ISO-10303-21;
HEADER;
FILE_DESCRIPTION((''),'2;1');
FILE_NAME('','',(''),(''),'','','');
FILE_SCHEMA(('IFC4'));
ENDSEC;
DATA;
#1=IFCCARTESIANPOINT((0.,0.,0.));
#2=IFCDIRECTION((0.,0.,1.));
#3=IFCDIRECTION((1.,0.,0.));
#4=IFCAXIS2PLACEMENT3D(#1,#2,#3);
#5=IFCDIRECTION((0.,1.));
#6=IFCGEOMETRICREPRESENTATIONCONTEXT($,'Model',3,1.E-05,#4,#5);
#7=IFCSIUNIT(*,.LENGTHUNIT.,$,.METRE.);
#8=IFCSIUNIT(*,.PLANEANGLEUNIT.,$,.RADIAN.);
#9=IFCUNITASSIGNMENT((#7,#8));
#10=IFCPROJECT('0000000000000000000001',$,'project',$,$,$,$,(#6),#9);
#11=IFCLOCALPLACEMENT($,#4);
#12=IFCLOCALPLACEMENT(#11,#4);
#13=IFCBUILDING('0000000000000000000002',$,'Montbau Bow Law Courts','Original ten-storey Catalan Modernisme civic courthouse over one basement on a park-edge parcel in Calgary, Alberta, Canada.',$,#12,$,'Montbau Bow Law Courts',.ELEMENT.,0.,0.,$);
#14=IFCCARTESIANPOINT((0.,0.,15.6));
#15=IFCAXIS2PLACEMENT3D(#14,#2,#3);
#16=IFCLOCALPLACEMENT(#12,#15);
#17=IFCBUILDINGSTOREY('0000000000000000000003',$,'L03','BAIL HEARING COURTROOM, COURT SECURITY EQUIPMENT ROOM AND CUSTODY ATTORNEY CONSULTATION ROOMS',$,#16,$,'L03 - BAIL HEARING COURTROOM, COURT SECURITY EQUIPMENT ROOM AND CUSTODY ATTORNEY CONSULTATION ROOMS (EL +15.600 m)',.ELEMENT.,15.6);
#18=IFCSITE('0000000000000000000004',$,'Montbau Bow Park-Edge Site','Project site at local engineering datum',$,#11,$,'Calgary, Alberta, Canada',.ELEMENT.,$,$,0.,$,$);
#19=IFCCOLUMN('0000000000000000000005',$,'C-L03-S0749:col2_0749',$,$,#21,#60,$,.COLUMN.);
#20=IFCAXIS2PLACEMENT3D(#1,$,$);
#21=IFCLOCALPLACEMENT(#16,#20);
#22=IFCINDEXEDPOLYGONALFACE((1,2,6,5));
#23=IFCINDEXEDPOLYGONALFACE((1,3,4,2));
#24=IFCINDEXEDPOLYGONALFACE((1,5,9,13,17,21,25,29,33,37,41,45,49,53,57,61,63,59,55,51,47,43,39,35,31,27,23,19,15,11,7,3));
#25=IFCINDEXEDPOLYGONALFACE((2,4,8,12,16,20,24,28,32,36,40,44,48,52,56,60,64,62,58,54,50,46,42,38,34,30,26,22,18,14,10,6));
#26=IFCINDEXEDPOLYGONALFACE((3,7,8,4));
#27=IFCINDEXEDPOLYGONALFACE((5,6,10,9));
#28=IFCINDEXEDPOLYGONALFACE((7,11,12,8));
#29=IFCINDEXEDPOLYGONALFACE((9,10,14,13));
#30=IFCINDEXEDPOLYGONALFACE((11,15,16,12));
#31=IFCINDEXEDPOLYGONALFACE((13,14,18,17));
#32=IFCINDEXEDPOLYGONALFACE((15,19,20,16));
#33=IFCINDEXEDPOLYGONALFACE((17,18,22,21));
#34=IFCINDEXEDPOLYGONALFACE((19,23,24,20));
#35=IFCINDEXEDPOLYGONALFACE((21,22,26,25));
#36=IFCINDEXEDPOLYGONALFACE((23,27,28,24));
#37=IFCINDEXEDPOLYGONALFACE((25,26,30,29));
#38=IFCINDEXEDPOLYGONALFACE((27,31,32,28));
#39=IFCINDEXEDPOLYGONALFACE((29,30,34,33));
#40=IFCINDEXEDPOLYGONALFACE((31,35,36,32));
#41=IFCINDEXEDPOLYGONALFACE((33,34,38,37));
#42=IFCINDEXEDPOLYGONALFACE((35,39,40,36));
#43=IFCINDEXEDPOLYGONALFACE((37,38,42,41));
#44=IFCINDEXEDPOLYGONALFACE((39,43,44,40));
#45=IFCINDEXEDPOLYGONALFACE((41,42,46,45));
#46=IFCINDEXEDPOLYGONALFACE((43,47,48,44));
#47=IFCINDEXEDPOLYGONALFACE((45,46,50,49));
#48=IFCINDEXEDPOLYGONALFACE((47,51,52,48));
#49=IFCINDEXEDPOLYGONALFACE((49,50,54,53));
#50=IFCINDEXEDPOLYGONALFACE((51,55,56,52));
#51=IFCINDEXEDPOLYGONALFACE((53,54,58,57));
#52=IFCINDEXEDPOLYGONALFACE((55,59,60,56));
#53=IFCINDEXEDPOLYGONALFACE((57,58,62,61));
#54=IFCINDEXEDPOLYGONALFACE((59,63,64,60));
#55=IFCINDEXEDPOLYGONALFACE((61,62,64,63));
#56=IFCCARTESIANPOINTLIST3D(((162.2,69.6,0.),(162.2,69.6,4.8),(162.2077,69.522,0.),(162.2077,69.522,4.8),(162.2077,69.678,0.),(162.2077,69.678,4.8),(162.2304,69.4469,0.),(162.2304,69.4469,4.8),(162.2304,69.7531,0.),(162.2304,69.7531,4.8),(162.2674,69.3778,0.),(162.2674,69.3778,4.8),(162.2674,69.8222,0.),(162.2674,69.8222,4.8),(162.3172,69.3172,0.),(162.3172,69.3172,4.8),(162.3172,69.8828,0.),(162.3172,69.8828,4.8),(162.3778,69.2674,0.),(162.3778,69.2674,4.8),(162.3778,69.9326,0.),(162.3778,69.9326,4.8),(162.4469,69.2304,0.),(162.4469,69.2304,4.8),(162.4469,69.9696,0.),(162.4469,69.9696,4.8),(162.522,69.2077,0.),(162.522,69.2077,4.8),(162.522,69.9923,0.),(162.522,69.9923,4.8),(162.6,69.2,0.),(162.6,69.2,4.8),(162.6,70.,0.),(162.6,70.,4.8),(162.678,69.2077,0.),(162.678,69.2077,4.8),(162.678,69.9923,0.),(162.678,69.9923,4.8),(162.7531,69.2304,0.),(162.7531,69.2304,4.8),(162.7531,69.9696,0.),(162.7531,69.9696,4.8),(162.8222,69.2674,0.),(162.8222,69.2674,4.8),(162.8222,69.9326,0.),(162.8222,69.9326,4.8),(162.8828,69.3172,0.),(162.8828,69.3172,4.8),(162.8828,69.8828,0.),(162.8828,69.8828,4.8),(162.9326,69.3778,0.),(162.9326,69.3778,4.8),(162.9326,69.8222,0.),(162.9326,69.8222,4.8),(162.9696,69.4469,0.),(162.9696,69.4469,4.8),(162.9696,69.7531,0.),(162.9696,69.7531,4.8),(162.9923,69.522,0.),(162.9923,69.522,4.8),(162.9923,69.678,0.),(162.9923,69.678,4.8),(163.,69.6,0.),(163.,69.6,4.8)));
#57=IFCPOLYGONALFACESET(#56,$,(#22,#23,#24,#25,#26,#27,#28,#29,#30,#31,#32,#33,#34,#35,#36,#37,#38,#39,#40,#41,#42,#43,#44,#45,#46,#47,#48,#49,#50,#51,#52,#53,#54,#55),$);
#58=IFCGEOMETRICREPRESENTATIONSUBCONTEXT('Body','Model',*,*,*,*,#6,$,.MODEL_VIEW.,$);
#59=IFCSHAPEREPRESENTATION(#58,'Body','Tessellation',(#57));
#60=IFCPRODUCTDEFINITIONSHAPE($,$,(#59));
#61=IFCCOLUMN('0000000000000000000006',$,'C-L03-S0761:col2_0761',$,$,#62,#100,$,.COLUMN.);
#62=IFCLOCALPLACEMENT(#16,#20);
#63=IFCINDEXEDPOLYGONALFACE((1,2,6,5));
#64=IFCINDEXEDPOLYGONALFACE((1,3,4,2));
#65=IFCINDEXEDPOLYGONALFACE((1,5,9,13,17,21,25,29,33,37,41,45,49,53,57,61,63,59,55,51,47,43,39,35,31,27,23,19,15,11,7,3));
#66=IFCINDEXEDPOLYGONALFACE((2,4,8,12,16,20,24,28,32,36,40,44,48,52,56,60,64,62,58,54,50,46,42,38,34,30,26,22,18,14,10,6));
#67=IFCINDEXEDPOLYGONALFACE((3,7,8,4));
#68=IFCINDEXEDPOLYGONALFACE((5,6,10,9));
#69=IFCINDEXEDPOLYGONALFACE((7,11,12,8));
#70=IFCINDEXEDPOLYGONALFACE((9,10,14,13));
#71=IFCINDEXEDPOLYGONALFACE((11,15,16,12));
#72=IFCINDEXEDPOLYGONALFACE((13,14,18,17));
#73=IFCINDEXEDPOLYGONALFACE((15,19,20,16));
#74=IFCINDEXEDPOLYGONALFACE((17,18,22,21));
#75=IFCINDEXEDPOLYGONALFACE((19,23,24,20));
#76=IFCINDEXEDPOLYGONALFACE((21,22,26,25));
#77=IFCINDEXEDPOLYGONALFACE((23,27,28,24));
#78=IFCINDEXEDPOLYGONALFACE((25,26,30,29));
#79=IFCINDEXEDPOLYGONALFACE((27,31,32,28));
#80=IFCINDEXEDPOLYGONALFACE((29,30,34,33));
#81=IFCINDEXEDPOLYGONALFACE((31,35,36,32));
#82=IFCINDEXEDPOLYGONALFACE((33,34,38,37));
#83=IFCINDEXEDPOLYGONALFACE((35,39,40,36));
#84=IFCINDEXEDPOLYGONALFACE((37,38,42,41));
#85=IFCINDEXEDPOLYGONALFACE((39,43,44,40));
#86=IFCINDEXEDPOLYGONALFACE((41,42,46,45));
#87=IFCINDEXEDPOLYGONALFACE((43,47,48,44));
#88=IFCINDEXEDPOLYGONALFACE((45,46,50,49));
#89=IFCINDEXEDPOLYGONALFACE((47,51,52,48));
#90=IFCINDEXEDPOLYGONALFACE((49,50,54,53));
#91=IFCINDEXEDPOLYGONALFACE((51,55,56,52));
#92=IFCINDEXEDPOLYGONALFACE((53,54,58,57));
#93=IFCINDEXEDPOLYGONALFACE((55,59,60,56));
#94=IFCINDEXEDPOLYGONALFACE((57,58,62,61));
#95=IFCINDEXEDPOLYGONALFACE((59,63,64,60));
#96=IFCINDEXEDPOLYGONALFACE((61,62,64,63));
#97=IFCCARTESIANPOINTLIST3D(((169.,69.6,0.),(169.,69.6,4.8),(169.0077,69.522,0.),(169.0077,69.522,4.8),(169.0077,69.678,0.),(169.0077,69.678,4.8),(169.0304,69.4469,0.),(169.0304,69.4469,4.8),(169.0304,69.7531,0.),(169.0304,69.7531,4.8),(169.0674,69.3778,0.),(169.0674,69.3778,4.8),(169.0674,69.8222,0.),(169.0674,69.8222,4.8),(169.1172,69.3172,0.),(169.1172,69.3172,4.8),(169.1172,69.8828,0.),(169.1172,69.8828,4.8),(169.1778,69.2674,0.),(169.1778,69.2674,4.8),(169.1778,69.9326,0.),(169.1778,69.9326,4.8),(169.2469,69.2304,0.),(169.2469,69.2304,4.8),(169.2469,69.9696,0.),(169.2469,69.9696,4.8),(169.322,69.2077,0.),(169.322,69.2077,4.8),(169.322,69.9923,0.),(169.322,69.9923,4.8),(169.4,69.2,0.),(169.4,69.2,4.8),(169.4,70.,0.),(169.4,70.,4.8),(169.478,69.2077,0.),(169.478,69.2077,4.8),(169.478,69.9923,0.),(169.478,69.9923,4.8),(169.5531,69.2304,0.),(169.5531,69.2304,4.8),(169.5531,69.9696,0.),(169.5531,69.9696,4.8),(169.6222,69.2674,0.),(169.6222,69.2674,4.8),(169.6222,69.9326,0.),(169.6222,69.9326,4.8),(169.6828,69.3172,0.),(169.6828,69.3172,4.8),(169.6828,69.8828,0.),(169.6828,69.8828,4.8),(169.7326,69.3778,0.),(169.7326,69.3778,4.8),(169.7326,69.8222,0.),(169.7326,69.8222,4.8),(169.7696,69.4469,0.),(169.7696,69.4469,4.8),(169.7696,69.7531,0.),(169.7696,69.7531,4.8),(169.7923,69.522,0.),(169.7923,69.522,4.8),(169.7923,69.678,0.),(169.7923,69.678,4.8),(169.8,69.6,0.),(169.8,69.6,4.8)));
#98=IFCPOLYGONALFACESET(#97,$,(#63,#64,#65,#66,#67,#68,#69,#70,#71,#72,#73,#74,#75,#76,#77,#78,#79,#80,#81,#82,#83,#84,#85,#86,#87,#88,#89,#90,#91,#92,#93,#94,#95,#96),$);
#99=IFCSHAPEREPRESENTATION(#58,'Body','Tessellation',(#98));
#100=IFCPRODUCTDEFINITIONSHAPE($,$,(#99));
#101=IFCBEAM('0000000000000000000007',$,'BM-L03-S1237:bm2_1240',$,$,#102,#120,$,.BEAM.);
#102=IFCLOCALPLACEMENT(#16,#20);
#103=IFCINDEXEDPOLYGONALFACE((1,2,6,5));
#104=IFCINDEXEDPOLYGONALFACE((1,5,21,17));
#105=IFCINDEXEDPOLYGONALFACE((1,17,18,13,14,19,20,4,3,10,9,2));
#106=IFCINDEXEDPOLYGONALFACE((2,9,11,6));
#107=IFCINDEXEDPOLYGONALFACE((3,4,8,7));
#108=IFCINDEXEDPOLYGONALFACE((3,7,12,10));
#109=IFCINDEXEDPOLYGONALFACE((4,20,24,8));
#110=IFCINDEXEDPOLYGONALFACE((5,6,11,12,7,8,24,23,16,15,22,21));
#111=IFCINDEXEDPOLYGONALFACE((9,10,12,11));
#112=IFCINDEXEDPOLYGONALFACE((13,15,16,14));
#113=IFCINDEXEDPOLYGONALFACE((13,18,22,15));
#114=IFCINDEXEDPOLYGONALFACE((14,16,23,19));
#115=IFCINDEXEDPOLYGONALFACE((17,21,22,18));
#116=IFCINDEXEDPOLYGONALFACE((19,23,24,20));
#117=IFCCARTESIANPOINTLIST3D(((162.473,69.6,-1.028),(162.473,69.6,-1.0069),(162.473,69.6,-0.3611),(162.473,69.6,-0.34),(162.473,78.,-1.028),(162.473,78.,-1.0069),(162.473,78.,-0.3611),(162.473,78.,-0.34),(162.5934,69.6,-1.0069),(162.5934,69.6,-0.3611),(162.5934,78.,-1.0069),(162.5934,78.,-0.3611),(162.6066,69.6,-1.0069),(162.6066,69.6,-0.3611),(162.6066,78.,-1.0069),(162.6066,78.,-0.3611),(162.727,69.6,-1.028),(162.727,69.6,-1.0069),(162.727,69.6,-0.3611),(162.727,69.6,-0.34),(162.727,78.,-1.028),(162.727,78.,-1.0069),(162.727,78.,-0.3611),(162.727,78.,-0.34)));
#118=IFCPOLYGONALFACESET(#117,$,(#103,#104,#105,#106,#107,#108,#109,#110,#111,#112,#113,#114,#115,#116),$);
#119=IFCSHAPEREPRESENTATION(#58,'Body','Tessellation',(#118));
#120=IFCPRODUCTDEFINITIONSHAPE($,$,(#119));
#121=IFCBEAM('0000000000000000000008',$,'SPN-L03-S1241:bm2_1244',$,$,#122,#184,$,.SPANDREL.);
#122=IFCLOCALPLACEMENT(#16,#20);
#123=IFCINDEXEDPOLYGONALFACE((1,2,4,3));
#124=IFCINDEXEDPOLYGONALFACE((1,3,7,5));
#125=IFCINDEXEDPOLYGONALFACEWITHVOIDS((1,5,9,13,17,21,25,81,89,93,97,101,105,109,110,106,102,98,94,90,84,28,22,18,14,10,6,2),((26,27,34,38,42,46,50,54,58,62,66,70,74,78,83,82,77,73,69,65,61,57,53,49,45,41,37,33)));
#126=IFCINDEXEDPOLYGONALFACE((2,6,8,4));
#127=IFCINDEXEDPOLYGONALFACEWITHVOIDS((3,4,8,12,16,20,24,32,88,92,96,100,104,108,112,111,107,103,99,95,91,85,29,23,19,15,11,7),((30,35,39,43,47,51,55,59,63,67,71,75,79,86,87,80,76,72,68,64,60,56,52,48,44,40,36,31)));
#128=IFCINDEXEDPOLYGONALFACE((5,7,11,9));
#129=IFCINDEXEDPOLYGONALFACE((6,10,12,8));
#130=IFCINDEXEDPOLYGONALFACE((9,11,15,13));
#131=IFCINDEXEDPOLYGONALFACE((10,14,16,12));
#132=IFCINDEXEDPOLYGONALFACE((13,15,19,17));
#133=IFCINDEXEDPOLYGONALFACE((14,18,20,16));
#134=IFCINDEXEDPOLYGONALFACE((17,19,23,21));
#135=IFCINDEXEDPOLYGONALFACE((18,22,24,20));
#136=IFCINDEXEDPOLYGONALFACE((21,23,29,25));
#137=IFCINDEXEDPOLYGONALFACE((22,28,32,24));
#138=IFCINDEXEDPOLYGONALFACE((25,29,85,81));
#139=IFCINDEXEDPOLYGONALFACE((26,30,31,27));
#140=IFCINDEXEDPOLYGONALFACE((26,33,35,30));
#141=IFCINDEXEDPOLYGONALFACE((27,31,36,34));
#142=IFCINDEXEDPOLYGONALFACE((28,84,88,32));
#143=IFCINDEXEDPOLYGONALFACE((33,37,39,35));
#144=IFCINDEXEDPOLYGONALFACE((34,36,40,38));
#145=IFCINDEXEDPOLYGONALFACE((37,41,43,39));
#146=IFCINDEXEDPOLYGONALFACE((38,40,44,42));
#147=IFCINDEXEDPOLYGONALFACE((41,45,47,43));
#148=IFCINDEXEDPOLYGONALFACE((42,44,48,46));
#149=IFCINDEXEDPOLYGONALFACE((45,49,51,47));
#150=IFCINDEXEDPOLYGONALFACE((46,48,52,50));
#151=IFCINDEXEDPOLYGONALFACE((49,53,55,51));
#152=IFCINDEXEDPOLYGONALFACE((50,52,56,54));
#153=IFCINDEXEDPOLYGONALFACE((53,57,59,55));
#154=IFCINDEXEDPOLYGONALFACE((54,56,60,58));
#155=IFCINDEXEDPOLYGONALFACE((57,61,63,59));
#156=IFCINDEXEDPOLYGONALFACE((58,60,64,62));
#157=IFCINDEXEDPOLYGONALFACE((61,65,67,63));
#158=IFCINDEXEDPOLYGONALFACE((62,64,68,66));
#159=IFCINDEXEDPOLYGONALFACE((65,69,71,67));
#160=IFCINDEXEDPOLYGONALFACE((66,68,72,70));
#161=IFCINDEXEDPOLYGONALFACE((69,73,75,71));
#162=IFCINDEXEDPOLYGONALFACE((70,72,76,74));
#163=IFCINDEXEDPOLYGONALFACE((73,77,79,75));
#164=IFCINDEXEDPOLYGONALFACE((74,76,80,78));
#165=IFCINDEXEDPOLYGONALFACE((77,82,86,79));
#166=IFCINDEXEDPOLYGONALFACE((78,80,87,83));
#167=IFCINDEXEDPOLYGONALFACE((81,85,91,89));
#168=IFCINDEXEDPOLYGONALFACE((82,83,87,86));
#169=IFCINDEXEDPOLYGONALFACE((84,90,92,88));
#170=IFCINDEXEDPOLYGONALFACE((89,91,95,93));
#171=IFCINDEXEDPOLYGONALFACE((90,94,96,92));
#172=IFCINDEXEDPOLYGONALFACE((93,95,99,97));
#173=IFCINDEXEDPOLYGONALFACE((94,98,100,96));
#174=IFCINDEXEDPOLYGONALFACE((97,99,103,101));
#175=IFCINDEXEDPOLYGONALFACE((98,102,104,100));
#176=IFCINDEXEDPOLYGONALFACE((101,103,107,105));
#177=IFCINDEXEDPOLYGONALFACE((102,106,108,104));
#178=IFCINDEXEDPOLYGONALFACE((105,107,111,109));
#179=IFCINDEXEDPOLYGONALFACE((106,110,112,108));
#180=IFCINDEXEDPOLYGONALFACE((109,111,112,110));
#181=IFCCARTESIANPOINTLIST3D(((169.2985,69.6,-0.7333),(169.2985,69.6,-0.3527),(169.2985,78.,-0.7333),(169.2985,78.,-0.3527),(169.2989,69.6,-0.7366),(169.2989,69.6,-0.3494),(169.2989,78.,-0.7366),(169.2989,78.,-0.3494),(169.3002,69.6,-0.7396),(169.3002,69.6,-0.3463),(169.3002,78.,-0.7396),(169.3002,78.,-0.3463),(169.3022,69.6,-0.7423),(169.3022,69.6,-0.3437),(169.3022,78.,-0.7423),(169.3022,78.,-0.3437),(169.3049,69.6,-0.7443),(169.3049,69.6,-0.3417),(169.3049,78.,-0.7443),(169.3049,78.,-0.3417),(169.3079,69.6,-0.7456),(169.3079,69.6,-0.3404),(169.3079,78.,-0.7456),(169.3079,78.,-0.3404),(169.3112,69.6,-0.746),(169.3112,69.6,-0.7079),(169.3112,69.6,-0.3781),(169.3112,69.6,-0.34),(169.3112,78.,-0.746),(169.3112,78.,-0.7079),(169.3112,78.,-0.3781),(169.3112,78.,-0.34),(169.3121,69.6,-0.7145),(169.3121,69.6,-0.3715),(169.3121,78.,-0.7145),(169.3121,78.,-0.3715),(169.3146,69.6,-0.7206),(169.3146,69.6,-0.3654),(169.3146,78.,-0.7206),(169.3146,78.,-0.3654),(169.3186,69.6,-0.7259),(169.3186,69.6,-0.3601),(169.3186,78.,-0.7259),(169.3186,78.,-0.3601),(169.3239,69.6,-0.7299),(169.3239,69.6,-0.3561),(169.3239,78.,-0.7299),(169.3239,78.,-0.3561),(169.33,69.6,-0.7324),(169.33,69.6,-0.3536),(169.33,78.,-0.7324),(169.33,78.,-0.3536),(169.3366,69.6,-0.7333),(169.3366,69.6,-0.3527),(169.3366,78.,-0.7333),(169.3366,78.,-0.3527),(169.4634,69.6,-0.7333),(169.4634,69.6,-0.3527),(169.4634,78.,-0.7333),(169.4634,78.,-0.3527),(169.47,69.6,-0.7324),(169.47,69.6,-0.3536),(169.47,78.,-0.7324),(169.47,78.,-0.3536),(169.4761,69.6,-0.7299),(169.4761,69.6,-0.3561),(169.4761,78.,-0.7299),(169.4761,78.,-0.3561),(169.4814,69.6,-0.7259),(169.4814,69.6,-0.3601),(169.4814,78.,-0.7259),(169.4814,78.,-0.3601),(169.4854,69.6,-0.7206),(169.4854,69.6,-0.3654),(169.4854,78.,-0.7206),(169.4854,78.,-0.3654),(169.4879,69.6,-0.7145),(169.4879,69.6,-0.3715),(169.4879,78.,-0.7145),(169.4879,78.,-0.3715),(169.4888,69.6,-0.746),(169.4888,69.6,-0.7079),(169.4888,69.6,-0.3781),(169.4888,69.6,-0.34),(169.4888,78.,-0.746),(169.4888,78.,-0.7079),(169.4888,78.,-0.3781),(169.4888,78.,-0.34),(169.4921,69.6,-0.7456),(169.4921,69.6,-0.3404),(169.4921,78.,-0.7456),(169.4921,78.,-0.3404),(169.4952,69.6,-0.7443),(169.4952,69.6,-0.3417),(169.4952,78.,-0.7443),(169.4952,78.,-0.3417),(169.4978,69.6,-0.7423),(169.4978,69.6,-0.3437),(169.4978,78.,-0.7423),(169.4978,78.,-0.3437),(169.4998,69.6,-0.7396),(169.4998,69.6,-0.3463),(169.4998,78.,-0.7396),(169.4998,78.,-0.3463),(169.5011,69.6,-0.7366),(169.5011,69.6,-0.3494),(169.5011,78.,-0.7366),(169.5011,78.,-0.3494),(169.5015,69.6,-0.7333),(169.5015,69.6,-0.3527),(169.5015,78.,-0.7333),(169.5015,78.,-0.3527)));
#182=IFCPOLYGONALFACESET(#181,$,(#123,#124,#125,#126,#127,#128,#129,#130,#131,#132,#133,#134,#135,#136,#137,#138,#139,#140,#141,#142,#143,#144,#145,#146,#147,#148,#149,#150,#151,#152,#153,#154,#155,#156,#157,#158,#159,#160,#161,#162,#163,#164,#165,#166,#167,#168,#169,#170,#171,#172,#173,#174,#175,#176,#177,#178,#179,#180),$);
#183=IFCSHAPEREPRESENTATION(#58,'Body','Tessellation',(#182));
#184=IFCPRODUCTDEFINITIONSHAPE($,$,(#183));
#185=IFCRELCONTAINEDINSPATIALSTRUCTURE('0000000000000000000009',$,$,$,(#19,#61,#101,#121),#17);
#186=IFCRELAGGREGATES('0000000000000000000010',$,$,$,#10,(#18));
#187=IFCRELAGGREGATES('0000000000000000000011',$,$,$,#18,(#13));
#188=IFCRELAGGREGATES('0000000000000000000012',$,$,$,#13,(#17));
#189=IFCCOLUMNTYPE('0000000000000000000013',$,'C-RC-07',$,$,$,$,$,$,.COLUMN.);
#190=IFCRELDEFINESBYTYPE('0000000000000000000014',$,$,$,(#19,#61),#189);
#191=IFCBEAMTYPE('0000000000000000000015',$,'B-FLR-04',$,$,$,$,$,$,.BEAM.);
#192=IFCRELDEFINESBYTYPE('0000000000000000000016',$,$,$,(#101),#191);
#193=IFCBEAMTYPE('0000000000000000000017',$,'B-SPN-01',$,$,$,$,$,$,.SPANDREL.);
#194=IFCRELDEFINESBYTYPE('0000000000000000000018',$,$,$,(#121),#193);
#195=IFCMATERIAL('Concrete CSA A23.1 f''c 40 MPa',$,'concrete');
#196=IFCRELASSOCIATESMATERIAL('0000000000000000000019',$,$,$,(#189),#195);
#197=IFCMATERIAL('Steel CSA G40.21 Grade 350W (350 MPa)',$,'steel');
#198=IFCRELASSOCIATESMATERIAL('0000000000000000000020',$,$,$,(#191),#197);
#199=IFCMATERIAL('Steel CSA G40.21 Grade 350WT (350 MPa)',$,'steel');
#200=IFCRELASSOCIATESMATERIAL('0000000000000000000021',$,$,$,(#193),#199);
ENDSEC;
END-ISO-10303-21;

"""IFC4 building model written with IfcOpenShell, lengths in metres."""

from ifc_helpers import new_model, si_unit, direction, frame, origin_with_axes, origin_2d_with_axis, place, context, subcontext, project, spatial, hollow_rectangle, circle, i_section, extrude, material, material_profile, profile_set, type_object, element, save


model = new_model("IFC4")

# Units and contexts
model_context = context("Model", 3, precision=1e-05, world=origin_with_axes(), true_north=direction((0.0, 1.0)))
body_context = subcontext(model_context, "Body", "Model", "MODEL_VIEW")
ifc_project = project(units=[si_unit("LENGTHUNIT", "METRE"), si_unit("PLANEANGLEUNIT", "RADIAN")], contexts=[model_context])

# Site, building, storey
site_placement = place(None, origin_with_axes())
site = spatial("IfcSite", under=ifc_project, at=site_placement, Name="Montbau Bow Park-Edge Site", Description="Project site at local engineering datum", LongName="Calgary, Alberta, Canada", CompositionType="ELEMENT", RefElevation=0.0)
building_placement = place(site_placement, origin_with_axes())
building = spatial("IfcBuilding", under=site, at=building_placement, Name="Montbau Bow Law Courts", Description="Original ten-storey Catalan Modernisme civic courthouse over one basement on a park-edge parcel in Calgary, Alberta, Canada.", LongName="Montbau Bow Law Courts", CompositionType="ELEMENT", ElevationOfRefHeight=0.0, ElevationOfTerrain=0.0)
storey_placement = place(building_placement, frame((0.0, 0.0, 15.6), z_axis=(0.0, 0.0, 1.0), x_axis=(1.0, 0.0, 0.0)))
storey = spatial("IfcBuildingStorey", under=building, at=storey_placement, Name="L03", Description="BAIL HEARING COURTROOM, COURT SECURITY EQUIPMENT ROOM AND CUSTODY ATTORNEY CONSULTATION ROOMS", LongName="L03 - BAIL HEARING COURTROOM, COURT SECURITY EQUIPMENT ROOM AND CUSTODY ATTORNEY CONSULTATION ROOMS (EL +15.600 m)", CompositionType="ELEMENT", Elevation=15.6)

# Columns
ifc_material_1 = material(Name="Concrete CSA A23.1 f'c 40 MPa", Category="concrete")
ifc_material_profile_1 = material_profile(ifc_material_1, circle(Radius=0.4, at=origin_2d_with_axis()), Name="RC800D", Category="Main", Priority=0)
ifc_profile_set_1 = profile_set([ifc_material_profile_1], Name="Concrete CSA A23.1 f'c 40 MPa")
column_type = type_object("IfcColumnType", Name="C-RC-07", PredefinedType="COLUMN", material=ifc_profile_set_1)
for number, where, z_axis, x_axis, name in (
    (1, (162.6, 69.6, 15.6), (0.0, 0.0, 1.0), (1.0, 0.0, 0.0), "C-L03-S0749:col2_0749"),
    (2, (169.4, 69.6, 15.6), (0.0, 0.0, 1.0), (1.0, 0.0, 0.0), "C-L03-S0761:col2_0761"),
):
    element("IfcColumn", number, at=place(None, frame(where, z_axis=z_axis, x_axis=x_axis)), inside=storey, type_object=column_type, Name=name, PredefinedType="COLUMN", context=body_context, shape_type="SweptSolid", body=[
        extrude(circle(Radius=0.4, at=origin_2d_with_axis()), origin_with_axes(), (0.0, 0.0, 1.0), 4.8),
    ])

# Beams
ifc_material_2 = material(Name="Steel CSA G40.21 Grade 350W (350 MPa)", Category="steel")
ifc_material_profile_2 = material_profile(ifc_material_2, i_section(OverallWidth=0.254, OverallDepth=0.688, WebThickness=0.0131, FlangeThickness=0.0211, at=origin_2d_with_axis()), Name="W690X152", Category="Main", Priority=0)
ifc_profile_set_2 = profile_set([ifc_material_profile_2], Name="Steel CSA G40.21 Grade 350W (350 MPa)")
beam_type_1 = type_object("IfcBeamType", Name="B-FLR-04", PredefinedType="BEAM", material=ifc_profile_set_2)
beam_1_placement = place(None, frame((162.6, 69.6, 14.916), z_axis=(0.0, 1.0, 0.0), x_axis=(-1.0, 0.0, 0.0)))
element("IfcBeam", 3, at=beam_1_placement, inside=storey, type_object=beam_type_1, Name="BM-L03-S1237:bm2_1240", PredefinedType="BEAM", context=body_context, shape_type="SweptSolid", body=[
    extrude(i_section(OverallWidth=0.254, OverallDepth=0.688, WebThickness=0.0131, FlangeThickness=0.0211, at=origin_2d_with_axis()), origin_with_axes(), (0.0, 0.0, 1.0), 8.4),
])
ifc_material_3 = material(Name="Steel CSA G40.21 Grade 350WT (350 MPa)", Category="steel")
ifc_material_profile_3 = material_profile(ifc_material_3, hollow_rectangle(XDim=0.203, YDim=0.406, WallThickness=0.0127, InnerFilletRadius=0.0254, OuterFilletRadius=0.0127, at=origin_2d_with_axis()), Name="HSS406X203X13", Category="Main", Priority=0)
ifc_profile_set_3 = profile_set([ifc_material_profile_3], Name="Steel CSA G40.21 Grade 350WT (350 MPa)")
beam_type_2 = type_object("IfcBeamType", Name="B-SPN-01", PredefinedType="SPANDREL", material=ifc_profile_set_3)
beam_2_placement = place(None, frame((169.4, 69.6, 15.057), z_axis=(0.0, 1.0, 0.0), x_axis=(-1.0, 0.0, 0.0)))
element("IfcBeam", 4, at=beam_2_placement, inside=storey, type_object=beam_type_2, Name="SPN-L03-S1241:bm2_1244", PredefinedType="SPANDREL", context=body_context, shape_type="SweptSolid", body=[
    extrude(hollow_rectangle(XDim=0.203, YDim=0.406, WallThickness=0.0127, InnerFilletRadius=0.0254, OuterFilletRadius=0.0127, at=origin_2d_with_axis()), origin_with_axes(), (0.0, 0.0, 1.0), 8.4),
])

save(model, "model.ifc")
